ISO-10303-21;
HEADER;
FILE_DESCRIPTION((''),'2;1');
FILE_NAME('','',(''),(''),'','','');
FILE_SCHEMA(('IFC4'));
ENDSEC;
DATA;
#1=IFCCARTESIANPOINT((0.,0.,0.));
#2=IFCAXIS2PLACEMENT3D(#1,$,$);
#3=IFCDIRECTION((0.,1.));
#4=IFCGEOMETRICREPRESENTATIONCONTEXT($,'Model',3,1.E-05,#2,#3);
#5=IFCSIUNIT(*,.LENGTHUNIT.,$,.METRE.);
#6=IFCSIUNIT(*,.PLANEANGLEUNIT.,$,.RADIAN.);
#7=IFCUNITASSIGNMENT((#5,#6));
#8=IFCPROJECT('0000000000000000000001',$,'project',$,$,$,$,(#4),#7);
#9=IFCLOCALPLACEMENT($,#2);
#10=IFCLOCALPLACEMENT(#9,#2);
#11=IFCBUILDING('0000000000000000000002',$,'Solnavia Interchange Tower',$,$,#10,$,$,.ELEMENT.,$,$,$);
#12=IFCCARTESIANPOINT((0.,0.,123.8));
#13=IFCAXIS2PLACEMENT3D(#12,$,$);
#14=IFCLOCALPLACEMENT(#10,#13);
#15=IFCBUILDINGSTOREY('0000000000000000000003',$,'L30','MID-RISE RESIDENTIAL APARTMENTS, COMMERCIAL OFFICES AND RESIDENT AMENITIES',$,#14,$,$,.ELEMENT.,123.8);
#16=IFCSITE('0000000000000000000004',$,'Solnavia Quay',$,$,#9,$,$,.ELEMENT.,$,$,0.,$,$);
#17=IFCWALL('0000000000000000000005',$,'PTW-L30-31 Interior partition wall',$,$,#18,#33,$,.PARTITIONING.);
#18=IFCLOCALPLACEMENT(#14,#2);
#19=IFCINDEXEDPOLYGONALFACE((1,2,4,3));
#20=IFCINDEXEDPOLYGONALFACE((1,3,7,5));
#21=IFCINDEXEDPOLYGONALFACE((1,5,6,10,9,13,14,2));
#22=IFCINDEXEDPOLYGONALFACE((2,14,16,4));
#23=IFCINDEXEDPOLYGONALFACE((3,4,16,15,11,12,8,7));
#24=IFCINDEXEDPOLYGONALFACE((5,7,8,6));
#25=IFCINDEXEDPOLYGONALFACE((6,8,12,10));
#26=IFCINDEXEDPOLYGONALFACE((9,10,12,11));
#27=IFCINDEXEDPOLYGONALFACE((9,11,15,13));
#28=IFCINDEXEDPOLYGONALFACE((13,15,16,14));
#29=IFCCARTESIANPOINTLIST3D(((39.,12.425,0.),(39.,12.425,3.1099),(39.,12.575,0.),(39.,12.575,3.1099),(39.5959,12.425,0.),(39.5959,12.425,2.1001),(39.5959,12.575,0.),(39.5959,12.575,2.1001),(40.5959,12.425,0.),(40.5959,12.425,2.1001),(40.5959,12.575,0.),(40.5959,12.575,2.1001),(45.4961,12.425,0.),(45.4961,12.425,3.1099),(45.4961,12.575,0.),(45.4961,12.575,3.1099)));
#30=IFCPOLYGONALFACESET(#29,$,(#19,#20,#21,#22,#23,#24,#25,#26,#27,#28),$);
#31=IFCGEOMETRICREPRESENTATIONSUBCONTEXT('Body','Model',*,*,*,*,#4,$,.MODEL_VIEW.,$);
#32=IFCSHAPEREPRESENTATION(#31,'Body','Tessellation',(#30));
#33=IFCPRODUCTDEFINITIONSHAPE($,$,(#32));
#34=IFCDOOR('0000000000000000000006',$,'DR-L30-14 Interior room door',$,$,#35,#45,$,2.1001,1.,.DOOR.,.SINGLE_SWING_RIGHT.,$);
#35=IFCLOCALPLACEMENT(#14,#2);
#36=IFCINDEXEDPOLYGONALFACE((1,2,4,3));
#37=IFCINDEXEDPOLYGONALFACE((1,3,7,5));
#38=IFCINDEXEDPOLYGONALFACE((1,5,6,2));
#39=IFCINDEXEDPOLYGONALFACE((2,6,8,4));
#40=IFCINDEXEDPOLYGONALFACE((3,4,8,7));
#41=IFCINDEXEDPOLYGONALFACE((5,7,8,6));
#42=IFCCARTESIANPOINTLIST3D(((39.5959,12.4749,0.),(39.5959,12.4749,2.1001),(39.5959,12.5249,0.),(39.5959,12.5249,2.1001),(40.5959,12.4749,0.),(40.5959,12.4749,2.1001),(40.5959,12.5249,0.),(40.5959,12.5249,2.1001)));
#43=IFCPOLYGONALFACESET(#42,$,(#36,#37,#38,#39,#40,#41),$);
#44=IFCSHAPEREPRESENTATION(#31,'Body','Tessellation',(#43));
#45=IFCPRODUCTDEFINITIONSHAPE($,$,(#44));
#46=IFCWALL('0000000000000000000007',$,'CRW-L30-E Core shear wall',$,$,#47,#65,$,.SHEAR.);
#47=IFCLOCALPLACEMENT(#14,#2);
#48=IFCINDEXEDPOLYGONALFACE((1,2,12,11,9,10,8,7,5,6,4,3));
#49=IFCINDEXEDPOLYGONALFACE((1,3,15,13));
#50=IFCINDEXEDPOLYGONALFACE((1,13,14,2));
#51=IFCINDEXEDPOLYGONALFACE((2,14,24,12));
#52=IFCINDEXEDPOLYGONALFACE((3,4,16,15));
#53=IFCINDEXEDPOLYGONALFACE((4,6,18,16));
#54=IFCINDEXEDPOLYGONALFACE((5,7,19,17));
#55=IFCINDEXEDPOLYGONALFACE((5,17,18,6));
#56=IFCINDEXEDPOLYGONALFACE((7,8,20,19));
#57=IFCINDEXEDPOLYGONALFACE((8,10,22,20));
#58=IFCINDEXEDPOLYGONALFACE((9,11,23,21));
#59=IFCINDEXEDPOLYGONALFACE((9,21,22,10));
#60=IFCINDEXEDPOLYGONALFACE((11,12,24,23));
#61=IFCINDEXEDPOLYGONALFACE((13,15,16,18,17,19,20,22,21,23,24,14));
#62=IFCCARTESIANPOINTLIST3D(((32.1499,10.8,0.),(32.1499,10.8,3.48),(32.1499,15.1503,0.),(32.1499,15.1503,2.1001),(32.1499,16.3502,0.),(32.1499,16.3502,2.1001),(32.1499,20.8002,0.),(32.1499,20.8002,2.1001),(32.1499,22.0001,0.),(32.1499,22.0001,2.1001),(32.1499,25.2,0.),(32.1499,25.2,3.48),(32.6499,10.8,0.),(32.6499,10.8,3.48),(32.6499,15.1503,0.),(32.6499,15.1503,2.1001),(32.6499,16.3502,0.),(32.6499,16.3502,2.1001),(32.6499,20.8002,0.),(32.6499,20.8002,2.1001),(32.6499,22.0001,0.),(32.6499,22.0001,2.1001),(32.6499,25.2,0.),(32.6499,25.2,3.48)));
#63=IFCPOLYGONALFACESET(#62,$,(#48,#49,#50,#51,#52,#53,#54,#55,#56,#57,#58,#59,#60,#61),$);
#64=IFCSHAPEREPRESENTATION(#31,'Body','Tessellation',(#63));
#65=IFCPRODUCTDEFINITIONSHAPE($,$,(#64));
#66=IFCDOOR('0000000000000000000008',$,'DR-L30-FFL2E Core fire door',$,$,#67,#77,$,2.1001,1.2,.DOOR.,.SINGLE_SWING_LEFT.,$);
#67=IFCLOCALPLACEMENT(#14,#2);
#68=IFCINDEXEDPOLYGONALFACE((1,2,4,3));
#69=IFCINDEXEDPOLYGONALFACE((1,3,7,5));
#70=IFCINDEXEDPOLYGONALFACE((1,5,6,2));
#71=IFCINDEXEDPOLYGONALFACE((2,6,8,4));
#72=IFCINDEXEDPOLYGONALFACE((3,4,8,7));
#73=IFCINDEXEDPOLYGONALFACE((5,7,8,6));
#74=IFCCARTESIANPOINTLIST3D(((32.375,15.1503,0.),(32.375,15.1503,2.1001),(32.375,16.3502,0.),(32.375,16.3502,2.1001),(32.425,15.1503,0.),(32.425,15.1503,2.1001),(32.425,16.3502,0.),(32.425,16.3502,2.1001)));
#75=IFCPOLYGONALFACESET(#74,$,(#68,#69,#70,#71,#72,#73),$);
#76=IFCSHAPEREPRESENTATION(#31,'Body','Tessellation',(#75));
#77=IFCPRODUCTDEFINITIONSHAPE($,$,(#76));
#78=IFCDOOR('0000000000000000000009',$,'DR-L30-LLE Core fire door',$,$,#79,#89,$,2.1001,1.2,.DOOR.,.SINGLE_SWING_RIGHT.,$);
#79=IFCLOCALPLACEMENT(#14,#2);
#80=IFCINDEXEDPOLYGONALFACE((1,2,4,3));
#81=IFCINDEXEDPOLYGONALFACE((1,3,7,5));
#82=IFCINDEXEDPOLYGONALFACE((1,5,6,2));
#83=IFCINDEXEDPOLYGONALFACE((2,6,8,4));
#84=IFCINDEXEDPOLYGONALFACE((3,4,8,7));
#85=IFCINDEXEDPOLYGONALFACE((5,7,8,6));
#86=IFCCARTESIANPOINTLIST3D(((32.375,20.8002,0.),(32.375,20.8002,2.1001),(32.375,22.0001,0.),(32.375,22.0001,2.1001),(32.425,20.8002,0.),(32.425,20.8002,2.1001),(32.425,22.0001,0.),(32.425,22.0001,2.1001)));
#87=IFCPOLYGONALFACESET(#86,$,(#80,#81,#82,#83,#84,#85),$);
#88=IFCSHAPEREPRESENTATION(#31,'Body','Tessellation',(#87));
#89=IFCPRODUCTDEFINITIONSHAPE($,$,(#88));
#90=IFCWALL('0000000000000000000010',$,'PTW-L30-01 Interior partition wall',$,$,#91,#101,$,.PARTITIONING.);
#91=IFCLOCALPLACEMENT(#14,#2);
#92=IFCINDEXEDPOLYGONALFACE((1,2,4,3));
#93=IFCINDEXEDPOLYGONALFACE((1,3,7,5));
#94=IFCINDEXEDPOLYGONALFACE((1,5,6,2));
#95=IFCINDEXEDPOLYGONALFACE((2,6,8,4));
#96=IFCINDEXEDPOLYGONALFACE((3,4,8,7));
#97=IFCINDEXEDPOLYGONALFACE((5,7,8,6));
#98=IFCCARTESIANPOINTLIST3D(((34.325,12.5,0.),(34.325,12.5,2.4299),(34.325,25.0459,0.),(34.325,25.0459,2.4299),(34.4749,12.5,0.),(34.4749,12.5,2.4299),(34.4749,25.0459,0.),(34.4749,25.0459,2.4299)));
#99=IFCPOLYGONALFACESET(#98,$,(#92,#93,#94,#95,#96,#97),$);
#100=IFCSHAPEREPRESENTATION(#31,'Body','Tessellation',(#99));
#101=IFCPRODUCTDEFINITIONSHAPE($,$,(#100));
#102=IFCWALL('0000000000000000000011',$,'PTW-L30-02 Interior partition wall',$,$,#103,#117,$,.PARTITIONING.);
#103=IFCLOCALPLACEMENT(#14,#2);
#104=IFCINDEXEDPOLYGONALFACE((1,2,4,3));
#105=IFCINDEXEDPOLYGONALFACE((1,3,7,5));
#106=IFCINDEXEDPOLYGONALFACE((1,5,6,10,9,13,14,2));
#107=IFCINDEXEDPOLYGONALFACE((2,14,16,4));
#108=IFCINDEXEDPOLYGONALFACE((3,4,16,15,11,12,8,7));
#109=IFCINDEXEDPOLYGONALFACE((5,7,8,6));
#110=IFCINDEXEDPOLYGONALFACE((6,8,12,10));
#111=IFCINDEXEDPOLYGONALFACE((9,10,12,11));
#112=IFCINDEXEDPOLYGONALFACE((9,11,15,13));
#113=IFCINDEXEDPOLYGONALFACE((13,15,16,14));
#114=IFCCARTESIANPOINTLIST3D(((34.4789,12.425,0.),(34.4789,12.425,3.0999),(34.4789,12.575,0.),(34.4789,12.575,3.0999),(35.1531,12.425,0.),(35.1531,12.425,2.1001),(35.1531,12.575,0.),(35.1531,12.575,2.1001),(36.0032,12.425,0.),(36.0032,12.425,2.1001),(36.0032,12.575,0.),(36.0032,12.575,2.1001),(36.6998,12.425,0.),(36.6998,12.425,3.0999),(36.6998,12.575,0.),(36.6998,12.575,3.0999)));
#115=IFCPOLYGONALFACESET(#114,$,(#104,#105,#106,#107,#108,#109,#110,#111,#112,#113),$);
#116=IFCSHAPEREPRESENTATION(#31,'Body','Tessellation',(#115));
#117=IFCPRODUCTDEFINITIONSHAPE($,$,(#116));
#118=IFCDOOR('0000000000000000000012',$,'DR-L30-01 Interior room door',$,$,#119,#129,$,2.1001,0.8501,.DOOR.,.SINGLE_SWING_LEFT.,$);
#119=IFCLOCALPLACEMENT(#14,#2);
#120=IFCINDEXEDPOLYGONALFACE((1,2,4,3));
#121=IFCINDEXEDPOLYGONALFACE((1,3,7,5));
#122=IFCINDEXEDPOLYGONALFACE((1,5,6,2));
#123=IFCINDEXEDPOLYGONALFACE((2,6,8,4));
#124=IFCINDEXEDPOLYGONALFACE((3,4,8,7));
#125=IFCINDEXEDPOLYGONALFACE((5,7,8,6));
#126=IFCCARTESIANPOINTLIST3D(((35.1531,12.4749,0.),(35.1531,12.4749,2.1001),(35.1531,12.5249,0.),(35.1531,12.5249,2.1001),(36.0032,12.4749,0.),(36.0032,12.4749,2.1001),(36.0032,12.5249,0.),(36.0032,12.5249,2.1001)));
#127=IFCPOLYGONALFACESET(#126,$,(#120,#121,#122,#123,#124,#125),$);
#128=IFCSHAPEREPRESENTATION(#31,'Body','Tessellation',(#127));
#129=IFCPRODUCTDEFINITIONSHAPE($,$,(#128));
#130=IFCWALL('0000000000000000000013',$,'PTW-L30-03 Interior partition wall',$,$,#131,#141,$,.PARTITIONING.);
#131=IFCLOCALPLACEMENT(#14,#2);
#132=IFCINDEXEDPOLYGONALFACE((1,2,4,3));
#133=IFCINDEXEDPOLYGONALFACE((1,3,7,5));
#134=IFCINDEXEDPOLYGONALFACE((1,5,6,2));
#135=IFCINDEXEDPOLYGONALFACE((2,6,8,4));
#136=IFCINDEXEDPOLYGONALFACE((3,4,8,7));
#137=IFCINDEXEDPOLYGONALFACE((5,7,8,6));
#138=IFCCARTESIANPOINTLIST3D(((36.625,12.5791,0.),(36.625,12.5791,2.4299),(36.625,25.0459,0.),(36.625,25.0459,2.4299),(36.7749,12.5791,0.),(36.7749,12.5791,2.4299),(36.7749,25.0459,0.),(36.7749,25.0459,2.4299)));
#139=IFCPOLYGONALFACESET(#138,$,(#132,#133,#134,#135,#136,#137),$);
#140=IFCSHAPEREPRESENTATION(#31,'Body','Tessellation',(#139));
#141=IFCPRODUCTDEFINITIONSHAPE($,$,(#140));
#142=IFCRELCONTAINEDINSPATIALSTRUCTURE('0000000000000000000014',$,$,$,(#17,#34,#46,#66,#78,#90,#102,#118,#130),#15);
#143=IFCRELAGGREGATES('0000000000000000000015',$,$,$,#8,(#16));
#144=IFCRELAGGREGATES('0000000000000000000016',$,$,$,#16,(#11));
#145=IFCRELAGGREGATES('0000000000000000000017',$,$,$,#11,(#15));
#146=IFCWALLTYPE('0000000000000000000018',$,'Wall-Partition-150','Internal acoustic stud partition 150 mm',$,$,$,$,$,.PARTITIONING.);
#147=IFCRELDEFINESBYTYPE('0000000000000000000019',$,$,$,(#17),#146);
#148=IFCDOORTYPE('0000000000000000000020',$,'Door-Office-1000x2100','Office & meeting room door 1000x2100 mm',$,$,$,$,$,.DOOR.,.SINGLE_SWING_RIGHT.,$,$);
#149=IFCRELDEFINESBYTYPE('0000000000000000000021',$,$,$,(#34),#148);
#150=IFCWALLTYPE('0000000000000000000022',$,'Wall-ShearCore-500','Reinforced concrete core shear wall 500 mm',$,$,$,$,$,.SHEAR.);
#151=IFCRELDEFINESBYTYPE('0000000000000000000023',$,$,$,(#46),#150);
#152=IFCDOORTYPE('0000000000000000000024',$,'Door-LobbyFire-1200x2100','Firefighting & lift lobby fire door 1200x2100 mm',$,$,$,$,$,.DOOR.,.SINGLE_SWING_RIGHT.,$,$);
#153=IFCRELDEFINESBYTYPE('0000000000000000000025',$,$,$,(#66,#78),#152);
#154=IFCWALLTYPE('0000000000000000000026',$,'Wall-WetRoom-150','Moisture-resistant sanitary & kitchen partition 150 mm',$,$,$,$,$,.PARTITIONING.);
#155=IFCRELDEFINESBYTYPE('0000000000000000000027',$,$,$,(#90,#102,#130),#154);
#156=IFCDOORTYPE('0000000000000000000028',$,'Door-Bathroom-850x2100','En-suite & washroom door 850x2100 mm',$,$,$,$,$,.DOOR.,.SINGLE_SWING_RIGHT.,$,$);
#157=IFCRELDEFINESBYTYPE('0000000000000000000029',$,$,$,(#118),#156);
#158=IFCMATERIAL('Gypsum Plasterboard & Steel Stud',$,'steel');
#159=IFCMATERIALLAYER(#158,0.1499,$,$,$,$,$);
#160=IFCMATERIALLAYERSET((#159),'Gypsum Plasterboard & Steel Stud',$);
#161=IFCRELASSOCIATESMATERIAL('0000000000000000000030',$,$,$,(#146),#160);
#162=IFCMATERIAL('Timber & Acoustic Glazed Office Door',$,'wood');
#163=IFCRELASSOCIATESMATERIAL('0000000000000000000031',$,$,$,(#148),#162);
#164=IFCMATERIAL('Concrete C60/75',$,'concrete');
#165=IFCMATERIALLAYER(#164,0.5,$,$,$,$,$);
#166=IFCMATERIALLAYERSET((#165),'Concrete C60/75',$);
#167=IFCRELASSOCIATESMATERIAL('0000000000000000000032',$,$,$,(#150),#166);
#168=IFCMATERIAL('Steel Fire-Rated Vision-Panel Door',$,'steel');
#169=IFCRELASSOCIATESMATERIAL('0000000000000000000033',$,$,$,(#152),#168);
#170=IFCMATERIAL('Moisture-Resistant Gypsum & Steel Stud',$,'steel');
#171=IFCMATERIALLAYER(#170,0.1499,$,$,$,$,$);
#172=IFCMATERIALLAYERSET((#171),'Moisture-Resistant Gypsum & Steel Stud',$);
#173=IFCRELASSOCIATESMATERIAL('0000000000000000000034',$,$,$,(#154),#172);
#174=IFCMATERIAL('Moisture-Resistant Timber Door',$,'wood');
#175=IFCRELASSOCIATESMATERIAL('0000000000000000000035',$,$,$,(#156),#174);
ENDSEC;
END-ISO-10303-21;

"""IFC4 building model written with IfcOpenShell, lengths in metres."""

from ifc_helpers import new_model, si_unit, direction, frame, frame_2d, origin, place, context, subcontext, project, spatial, rectangle, extrude, material, layer, layer_set, type_object, element, fill, save


model = new_model("IFC4")

# Units and contexts
model_context = context("Model", 3, precision=1e-05, world=origin(), true_north=direction((0.0, 1.0)))
body_context = subcontext(model_context, "Body", "Model", "MODEL_VIEW")
ifc_project = project(units=[si_unit("LENGTHUNIT", "METRE"), si_unit("PLANEANGLEUNIT", "RADIAN")], contexts=[model_context])

# Site, building, storey
site_placement = place(None, origin())
site = spatial("IfcSite", under=ifc_project, at=site_placement, Name="Solnavia Quay", CompositionType="ELEMENT", RefElevation=0.0)
building_placement = place(site_placement, origin())
building = spatial("IfcBuilding", under=site, at=building_placement, Name="Solnavia Interchange Tower", CompositionType="ELEMENT")
storey_placement = place(building_placement, frame((0.0, 0.0, 123.8)))
storey = spatial("IfcBuildingStorey", under=building, at=storey_placement, Name="L30", Description="MID-RISE RESIDENTIAL APARTMENTS, COMMERCIAL OFFICES AND RESIDENT AMENITIES", CompositionType="ELEMENT", Elevation=123.8)

# Wall, opening, door
ifc_material_1 = material(Name="Gypsum Plasterboard & Steel Stud", Category="steel")
ifc_layer_1 = layer(ifc_material_1, 0.1499)
ifc_layer_set_1 = layer_set([ifc_layer_1], Name="Gypsum Plasterboard & Steel Stud")
wall_type_1 = type_object("IfcWallType", Name="Wall-Partition-150", Description="Internal acoustic stud partition 150 mm", PredefinedType="PARTITIONING", material=ifc_layer_set_1)
wall_1_placement = place(storey_placement, frame((39.0, 12.5, 0.0), z_axis=(0.0, 0.0, 1.0), x_axis=(1.0, 0.0, 0.0)))
wall_1 = element("IfcWall", 1, at=wall_1_placement, inside=storey, type_object=wall_type_1, Name="PTW-L30-31 Interior partition wall", PredefinedType="PARTITIONING", context=body_context, shape_type="SweptSolid", body=[
    extrude(rectangle(XDim=6.4961, YDim=0.1499, at=frame_2d((3.248, 0.0))), origin(), (0.0, 0.0, 1.0), 3.1099),
])
opening_1_placement = place(wall_1_placement, frame((0.5959, 0.0, 0.0)))
opening_1 = element("IfcOpeningElement", 2, at=opening_1_placement, cuts=wall_1, PredefinedType="OPENING", context=body_context, shape_type="SweptSolid", body=[
    extrude(rectangle(XDim=1.0, YDim=2.1001, at=frame_2d((0.5, 1.05))), frame((0.0, 0.085, 0.0), z_axis=(0.0, -1.0, 0.0), x_axis=(1.0, 0.0, 0.0)), (0.0, 0.0, 1.0), 0.1699),
])
ifc_material_2 = material(Name="Timber & Acoustic Glazed Office Door", Category="wood")
door_type_1 = type_object("IfcDoorType", Name="Door-Office-1000x2100", Description="Office & meeting room door 1000x2100 mm", OperationType="SINGLE_SWING_RIGHT", PredefinedType="DOOR", material=ifc_material_2)
door_1_placement = place(opening_1_placement, origin())
door_1 = element("IfcDoor", 3, at=door_1_placement, inside=storey, type_object=door_type_1, Name="DR-L30-14 Interior room door", OperationType="SINGLE_SWING_RIGHT", OverallHeight=2.1001, OverallWidth=1.0, PredefinedType="DOOR", context=body_context, shape_type="SweptSolid", body=[
    extrude(rectangle(XDim=1.0, YDim=2.1001, at=frame_2d((0.5, 1.05))), frame((0.0, 0.0249, 0.0), z_axis=(0.0, -1.0, 0.0), x_axis=(1.0, 0.0, 0.0)), (0.0, 0.0, 1.0), 0.05),
])
fill(opening_1, door_1)

# Wall, openings, doors
ifc_material_3 = material(Name="Concrete C60/75", Category="concrete")
ifc_layer_2 = layer(ifc_material_3, 0.5)
ifc_layer_set_2 = layer_set([ifc_layer_2], Name="Concrete C60/75")
wall_type_2 = type_object("IfcWallType", Name="Wall-ShearCore-500", Description="Reinforced concrete core shear wall 500 mm", PredefinedType="SHEAR", material=ifc_layer_set_2)
wall_2_placement = place(storey_placement, frame((32.3999, 10.8, 0.0), z_axis=(0.0, 0.0, 1.0), x_axis=(0.0, 1.0, 0.0)))
wall_2 = element("IfcWall", 4, at=wall_2_placement, inside=storey, type_object=wall_type_2, Name="CRW-L30-E Core shear wall", PredefinedType="SHEAR", context=body_context, shape_type="SweptSolid", body=[
    extrude(rectangle(XDim=14.3999, YDim=0.5, at=frame_2d((7.2, 0.0))), origin(), (0.0, 0.0, 1.0), 3.48),
])
opening_2_placement = place(wall_2_placement, frame((4.3501, 0.0, 0.0)))
opening_2 = element("IfcOpeningElement", 5, at=opening_2_placement, cuts=wall_2, PredefinedType="OPENING", context=body_context, shape_type="SweptSolid", body=[
    extrude(rectangle(XDim=1.2, YDim=2.1001, at=frame_2d((0.6001, 1.05))), frame((0.0, 0.26, 0.0), z_axis=(0.0, -1.0, 0.0), x_axis=(1.0, 0.0, 0.0)), (0.0, 0.0, 1.0), 0.52),
])
opening_3_placement = place(wall_2_placement, frame((10.0, 0.0, 0.0)))
opening_3 = element("IfcOpeningElement", 6, at=opening_3_placement, cuts=wall_2, PredefinedType="OPENING", context=body_context, shape_type="SweptSolid", body=[
    extrude(rectangle(XDim=1.2, YDim=2.1001, at=frame_2d((0.6001, 1.05))), frame((0.0, 0.26, 0.0), z_axis=(0.0, -1.0, 0.0), x_axis=(1.0, 0.0, 0.0)), (0.0, 0.0, 1.0), 0.52),
])
ifc_material_4 = material(Name="Steel Fire-Rated Vision-Panel Door", Category="steel")
door_type_2 = type_object("IfcDoorType", Name="Door-LobbyFire-1200x2100", Description="Firefighting & lift lobby fire door 1200x2100 mm", OperationType="SINGLE_SWING_RIGHT", PredefinedType="DOOR", material=ifc_material_4)
door_2_placement = place(opening_2_placement, origin())
door_2 = element("IfcDoor", 7, at=door_2_placement, inside=storey, type_object=door_type_2, Name="DR-L30-FFL2E Core fire door", OperationType="SINGLE_SWING_LEFT", OverallHeight=2.1001, OverallWidth=1.2, PredefinedType="DOOR", context=body_context, shape_type="SweptSolid", body=[
    extrude(rectangle(XDim=1.2, YDim=2.1001, at=frame_2d((0.6001, 1.05))), frame((0.0, 0.0249, 0.0), z_axis=(0.0, -1.0, 0.0), x_axis=(1.0, 0.0, 0.0)), (0.0, 0.0, 1.0), 0.05),
])
fill(opening_2, door_2)
door_3_placement = place(opening_3_placement, origin())
door_3 = element("IfcDoor", 8, at=door_3_placement, inside=storey, type_object=door_type_2, Name="DR-L30-LLE Core fire door", OperationType="SINGLE_SWING_RIGHT", OverallHeight=2.1001, OverallWidth=1.2, PredefinedType="DOOR", context=body_context, shape_type="SweptSolid", body=[
    extrude(rectangle(XDim=1.2, YDim=2.1001, at=frame_2d((0.6001, 1.05))), frame((0.0, 0.0249, 0.0), z_axis=(0.0, -1.0, 0.0), x_axis=(1.0, 0.0, 0.0)), (0.0, 0.0, 1.0), 0.05),
])
fill(opening_3, door_3)

# Wall
ifc_material_5 = material(Name="Moisture-Resistant Gypsum & Steel Stud", Category="steel")
ifc_layer_3 = layer(ifc_material_5, 0.1499)
ifc_layer_set_3 = layer_set([ifc_layer_3], Name="Moisture-Resistant Gypsum & Steel Stud")
wall_type_3 = type_object("IfcWallType", Name="Wall-WetRoom-150", Description="Moisture-resistant sanitary & kitchen partition 150 mm", PredefinedType="PARTITIONING", material=ifc_layer_set_3)
wall_3_placement = place(storey_placement, frame((34.3999, 12.5, 0.0), z_axis=(0.0, 0.0, 1.0), x_axis=(0.0, 1.0, 0.0)))
element("IfcWall", 9, at=wall_3_placement, inside=storey, type_object=wall_type_3, Name="PTW-L30-01 Interior partition wall", PredefinedType="PARTITIONING", context=body_context, shape_type="SweptSolid", body=[
    extrude(rectangle(XDim=12.5459, YDim=0.1499, at=frame_2d((6.2729, 0.0))), origin(), (0.0, 0.0, 1.0), 2.4299),
])

# Wall, opening, door
wall_4_placement = place(storey_placement, frame((34.479, 12.5, 0.0), z_axis=(0.0, 0.0, 1.0), x_axis=(1.0, 0.0, 0.0)))
wall_4 = element("IfcWall", 10, at=wall_4_placement, inside=storey, type_object=wall_type_3, Name="PTW-L30-02 Interior partition wall", PredefinedType="PARTITIONING", context=body_context, shape_type="SweptSolid", body=[
    extrude(rectangle(XDim=2.2209, YDim=0.1499, at=frame_2d((1.1104, 0.0))), origin(), (0.0, 0.0, 1.0), 3.0999),
])
opening_4_placement = place(wall_4_placement, frame((0.6741, 0.0, 0.0)))
opening_4 = element("IfcOpeningElement", 11, at=opening_4_placement, cuts=wall_4, PredefinedType="OPENING", context=body_context, shape_type="SweptSolid", body=[
    extrude(rectangle(XDim=0.8501, YDim=2.1001, at=frame_2d((0.425, 1.05))), frame((0.0, 0.085, 0.0), z_axis=(0.0, -1.0, 0.0), x_axis=(1.0, 0.0, 0.0)), (0.0, 0.0, 1.0), 0.1699),
])
ifc_material_6 = material(Name="Moisture-Resistant Timber Door", Category="wood")
door_type_3 = type_object("IfcDoorType", Name="Door-Bathroom-850x2100", Description="En-suite & washroom door 850x2100 mm", OperationType="SINGLE_SWING_RIGHT", PredefinedType="DOOR", material=ifc_material_6)
door_4_placement = place(opening_4_placement, origin())
door_4 = element("IfcDoor", 12, at=door_4_placement, inside=storey, type_object=door_type_3, Name="DR-L30-01 Interior room door", OperationType="SINGLE_SWING_LEFT", OverallHeight=2.1001, OverallWidth=0.8501, PredefinedType="DOOR", context=body_context, shape_type="SweptSolid", body=[
    extrude(rectangle(XDim=0.8501, YDim=2.1001, at=frame_2d((0.425, 1.05))), frame((0.0, 0.0249, 0.0), z_axis=(0.0, -1.0, 0.0), x_axis=(1.0, 0.0, 0.0)), (0.0, 0.0, 1.0), 0.05),
])
fill(opening_4, door_4)

# Wall
wall_5_placement = place(storey_placement, frame((36.7, 12.5791, 0.0), z_axis=(0.0, 0.0, 1.0), x_axis=(0.0, 1.0, 0.0)))
element("IfcWall", 13, at=wall_5_placement, inside=storey, type_object=wall_type_3, Name="PTW-L30-03 Interior partition wall", PredefinedType="PARTITIONING", context=body_context, shape_type="SweptSolid", body=[
    extrude(rectangle(XDim=12.4668, YDim=0.1499, at=frame_2d((6.2334, 0.0))), origin(), (0.0, 0.0, 1.0), 2.4299),
])

save(model, "model.ifc")
